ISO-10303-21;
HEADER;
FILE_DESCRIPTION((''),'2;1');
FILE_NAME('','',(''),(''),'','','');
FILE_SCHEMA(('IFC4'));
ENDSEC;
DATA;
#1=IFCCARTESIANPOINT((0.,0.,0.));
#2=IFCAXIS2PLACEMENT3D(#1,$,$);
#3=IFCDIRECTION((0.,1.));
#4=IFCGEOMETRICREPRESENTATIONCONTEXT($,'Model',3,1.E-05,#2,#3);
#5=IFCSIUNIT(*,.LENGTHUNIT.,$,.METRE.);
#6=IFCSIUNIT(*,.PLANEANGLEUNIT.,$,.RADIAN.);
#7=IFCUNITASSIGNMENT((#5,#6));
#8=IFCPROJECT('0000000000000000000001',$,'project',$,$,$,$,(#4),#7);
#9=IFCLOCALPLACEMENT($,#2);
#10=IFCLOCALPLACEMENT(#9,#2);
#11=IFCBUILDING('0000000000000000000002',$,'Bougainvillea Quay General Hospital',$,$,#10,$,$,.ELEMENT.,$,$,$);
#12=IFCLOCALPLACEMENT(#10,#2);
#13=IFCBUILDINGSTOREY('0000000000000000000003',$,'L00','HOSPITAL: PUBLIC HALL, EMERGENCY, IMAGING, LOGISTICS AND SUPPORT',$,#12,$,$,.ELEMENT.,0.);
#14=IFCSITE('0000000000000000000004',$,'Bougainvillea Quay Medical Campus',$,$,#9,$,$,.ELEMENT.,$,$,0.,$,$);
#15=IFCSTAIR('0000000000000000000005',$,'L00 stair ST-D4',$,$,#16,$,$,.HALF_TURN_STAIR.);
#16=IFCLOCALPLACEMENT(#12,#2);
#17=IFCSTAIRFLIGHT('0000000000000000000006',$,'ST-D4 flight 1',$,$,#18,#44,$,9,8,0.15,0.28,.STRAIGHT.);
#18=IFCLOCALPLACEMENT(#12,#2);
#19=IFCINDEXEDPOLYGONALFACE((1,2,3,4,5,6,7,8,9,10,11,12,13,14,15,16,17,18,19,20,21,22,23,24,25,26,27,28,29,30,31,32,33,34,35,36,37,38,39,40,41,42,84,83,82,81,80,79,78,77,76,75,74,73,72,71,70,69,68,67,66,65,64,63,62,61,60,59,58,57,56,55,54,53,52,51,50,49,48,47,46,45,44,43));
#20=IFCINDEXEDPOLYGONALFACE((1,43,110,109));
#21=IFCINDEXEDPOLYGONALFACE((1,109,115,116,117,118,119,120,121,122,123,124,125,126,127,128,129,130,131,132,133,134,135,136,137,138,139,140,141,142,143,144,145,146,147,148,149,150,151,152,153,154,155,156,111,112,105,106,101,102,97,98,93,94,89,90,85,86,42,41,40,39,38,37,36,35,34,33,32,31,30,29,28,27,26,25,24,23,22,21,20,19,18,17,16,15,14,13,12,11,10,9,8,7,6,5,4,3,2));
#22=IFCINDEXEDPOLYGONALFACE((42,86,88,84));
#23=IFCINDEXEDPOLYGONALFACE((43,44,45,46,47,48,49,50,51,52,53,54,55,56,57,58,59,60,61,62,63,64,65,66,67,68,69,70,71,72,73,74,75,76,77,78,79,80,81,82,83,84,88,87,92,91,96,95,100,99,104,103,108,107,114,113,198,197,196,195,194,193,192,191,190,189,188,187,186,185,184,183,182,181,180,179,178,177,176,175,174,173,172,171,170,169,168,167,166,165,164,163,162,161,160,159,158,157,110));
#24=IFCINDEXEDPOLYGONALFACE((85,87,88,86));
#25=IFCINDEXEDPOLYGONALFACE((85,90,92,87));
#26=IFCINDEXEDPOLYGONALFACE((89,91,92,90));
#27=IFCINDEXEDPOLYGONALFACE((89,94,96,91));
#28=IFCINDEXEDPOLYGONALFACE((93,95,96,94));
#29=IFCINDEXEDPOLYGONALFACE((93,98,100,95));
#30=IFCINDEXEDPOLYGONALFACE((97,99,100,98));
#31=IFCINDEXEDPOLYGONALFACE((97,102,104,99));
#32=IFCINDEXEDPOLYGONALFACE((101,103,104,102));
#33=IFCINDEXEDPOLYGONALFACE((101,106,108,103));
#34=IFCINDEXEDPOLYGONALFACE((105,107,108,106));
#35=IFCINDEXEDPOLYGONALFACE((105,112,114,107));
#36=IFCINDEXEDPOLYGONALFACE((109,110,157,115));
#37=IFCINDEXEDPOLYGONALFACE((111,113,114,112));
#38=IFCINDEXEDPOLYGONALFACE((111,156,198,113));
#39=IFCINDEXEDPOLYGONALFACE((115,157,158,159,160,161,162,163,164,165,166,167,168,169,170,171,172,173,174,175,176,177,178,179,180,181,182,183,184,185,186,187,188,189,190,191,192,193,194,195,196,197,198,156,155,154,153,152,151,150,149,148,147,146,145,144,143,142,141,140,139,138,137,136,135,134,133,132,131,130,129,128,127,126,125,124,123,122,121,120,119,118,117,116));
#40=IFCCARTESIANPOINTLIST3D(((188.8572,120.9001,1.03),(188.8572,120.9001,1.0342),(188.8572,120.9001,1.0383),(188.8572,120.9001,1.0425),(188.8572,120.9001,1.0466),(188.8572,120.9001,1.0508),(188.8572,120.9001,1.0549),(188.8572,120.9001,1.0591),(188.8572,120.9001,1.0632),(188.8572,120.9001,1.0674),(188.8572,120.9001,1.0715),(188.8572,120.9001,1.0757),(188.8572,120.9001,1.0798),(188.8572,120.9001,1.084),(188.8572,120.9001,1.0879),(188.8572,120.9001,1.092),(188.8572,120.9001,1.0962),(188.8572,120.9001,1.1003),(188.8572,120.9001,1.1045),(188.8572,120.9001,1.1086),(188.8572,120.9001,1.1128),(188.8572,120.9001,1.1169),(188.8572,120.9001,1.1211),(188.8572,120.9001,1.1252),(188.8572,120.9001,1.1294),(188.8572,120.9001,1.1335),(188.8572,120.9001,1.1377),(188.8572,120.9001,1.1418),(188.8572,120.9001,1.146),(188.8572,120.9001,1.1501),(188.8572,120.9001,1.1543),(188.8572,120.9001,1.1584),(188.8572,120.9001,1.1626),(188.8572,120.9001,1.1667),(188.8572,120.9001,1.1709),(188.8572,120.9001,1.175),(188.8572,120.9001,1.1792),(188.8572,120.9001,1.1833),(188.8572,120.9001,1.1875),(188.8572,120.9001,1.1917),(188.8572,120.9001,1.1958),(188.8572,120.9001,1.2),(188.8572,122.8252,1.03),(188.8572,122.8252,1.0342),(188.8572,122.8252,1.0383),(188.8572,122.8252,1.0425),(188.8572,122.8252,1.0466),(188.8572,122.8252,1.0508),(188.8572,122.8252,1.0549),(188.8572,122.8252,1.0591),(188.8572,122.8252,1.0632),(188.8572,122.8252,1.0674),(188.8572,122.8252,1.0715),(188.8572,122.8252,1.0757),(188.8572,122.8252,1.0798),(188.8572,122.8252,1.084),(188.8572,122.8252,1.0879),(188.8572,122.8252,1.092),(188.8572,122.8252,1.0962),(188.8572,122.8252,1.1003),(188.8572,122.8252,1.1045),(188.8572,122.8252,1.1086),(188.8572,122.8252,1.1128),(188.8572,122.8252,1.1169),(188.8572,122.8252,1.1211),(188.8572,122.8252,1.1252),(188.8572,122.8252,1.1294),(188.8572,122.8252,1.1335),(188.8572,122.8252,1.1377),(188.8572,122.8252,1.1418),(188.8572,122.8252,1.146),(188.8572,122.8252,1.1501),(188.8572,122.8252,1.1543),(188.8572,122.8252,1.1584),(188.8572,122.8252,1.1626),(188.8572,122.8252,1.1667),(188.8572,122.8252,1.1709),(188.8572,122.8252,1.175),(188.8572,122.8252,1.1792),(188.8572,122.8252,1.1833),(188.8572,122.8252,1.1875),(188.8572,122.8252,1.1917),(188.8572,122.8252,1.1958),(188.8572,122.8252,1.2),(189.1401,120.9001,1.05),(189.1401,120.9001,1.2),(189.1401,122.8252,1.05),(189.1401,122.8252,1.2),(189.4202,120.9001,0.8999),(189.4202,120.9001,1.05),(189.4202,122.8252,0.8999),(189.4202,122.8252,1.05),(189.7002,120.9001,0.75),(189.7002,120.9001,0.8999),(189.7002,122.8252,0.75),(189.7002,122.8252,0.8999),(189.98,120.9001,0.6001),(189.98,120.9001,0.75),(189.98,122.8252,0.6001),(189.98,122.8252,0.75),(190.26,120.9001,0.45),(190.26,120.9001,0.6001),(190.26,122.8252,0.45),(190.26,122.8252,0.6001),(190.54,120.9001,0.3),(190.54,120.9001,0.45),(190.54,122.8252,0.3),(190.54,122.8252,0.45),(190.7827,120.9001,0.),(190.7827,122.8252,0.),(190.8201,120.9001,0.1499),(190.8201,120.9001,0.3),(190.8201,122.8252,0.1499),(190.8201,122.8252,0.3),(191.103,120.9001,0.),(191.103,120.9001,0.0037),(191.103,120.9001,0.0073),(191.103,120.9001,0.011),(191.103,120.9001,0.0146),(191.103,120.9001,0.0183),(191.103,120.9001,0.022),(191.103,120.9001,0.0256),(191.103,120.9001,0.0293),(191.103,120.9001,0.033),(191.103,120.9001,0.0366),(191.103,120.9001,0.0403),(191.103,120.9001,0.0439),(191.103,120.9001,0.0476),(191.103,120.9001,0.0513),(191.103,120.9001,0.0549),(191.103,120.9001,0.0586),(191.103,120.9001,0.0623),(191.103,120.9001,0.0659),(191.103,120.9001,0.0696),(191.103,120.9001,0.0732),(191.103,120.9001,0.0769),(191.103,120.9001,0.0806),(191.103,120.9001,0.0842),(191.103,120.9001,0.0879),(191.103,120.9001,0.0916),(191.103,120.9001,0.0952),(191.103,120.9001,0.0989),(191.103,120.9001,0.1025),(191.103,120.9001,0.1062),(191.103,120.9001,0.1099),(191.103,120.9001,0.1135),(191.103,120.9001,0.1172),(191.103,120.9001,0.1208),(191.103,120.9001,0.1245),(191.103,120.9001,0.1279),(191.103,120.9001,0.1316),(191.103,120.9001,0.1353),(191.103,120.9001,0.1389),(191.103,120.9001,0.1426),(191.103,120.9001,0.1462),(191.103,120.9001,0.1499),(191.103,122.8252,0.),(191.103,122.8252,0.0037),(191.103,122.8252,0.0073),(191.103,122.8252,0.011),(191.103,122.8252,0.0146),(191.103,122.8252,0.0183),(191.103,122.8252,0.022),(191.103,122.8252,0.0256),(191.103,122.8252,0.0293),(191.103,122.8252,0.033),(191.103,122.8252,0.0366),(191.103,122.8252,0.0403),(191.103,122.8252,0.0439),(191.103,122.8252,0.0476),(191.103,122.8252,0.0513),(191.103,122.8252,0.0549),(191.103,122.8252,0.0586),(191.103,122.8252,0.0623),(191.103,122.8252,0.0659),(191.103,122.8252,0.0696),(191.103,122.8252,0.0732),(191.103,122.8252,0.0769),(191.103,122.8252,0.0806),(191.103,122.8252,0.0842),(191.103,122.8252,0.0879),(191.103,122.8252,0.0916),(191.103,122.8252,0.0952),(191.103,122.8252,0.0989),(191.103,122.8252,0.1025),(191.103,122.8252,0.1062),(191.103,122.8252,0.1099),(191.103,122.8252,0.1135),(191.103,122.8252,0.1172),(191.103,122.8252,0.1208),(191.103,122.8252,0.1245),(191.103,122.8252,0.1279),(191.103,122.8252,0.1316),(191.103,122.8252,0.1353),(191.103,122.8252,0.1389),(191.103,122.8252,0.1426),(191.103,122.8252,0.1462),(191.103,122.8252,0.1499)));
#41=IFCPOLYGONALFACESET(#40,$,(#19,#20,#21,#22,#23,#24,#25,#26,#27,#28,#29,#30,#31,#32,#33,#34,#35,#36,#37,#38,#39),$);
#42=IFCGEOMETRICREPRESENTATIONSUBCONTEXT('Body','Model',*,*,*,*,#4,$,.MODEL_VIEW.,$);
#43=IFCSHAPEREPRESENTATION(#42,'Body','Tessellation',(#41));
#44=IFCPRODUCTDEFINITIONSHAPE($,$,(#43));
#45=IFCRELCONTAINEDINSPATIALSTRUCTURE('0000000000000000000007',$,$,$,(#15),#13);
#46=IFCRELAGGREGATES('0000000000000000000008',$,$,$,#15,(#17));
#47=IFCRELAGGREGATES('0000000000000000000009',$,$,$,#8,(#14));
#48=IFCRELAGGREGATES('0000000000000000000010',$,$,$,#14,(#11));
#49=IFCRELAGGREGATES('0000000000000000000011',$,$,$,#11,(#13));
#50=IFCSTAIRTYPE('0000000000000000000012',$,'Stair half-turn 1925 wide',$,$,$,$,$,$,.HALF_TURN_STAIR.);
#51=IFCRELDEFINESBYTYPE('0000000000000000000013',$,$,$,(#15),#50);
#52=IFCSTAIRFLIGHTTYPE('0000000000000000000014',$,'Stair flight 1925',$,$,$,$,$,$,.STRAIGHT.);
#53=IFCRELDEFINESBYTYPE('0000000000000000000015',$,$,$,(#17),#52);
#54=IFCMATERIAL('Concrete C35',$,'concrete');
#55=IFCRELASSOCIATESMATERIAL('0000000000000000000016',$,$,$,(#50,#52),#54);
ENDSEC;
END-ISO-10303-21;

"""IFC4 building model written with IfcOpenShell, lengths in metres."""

from ifc_helpers import new_model, si_unit, direction, frame, origin, place, context, subcontext, project, spatial, polyline, outline, extrude, material, type_object, element, aggregate, save


model = new_model("IFC4")

# Units and contexts
model_context = context("Model", 3, precision=1e-05, world=origin(), true_north=direction((0.0, 1.0)))
body_context = subcontext(model_context, "Body", "Model", "MODEL_VIEW")
ifc_project = project(units=[si_unit("LENGTHUNIT", "METRE"), si_unit("PLANEANGLEUNIT", "RADIAN")], contexts=[model_context])

# Site, building, storey
site_placement = place(None, origin())
site = spatial("IfcSite", under=ifc_project, at=site_placement, Name="Bougainvillea Quay Medical Campus", CompositionType="ELEMENT", RefElevation=0.0)
building_placement = place(site_placement, origin())
building = spatial("IfcBuilding", under=site, at=building_placement, Name="Bougainvillea Quay General Hospital", CompositionType="ELEMENT")
storey_placement = place(building_placement, origin())
storey = spatial("IfcBuildingStorey", under=building, at=storey_placement, Name="L00", Description="HOSPITAL: PUBLIC HALL, EMERGENCY, IMAGING, LOGISTICS AND SUPPORT", CompositionType="ELEMENT", Elevation=0.0)

# Stair, stair flight
ifc_material_1 = material(Name="Concrete C35", Category="concrete")
stair_type = type_object("IfcStairType", Name="Stair half-turn 1925 wide", PredefinedType="HALF_TURN_STAIR", material=ifc_material_1)
stair_placement = place(storey_placement, origin())
stair = element("IfcStair", 1, at=stair_placement, inside=storey, type_object=stair_type, Name="L00 stair ST-D4", PredefinedType="HALF_TURN_STAIR")
stair_flight_type = type_object("IfcStairFlightType", Name="Stair flight 1925", PredefinedType="STRAIGHT", material=ifc_material_1)
stair_flight_1_placement = place(storey_placement, frame((191.1001, 121.8625, 0.0), z_axis=(0.0, 0.0, 1.0), x_axis=(-1.0, 0.0, 0.0)))
stair_flight_1 = element("IfcStairFlight", 2, at=stair_flight_1_placement, type_object=stair_flight_type, Name="ST-D4 flight 1", NumberOfRisers=9, NumberOfTreads=8, PredefinedType="STRAIGHT", RiserHeight=0.15, TreadLength=0.28, context=body_context, shape_type="SweptSolid", body=[
    extrude(outline(polyline([(-0.0029, 0.0), (-0.0029, 0.0037), (-0.0029, 0.0073), (-0.0029, 0.011), (-0.0029, 0.0146), (-0.0029, 0.0183), (-0.0029, 0.022), (-0.0029, 0.0256), (-0.0029, 0.0293), (-0.0029, 0.033), (-0.0029, 0.0366), (-0.0029, 0.0403), (-0.0029, 0.0439), (-0.0029, 0.0476), (-0.0029, 0.0513), (-0.0029, 0.0549), (-0.0029, 0.0586), (-0.0029, 0.0623), (-0.0029, 0.0659), (-0.0029, 0.0696), (-0.0029, 0.0732), (-0.0029, 0.0769), (-0.0029, 0.0806), (-0.0029, 0.0842), (-0.0029, 0.0879), (-0.0029, 0.0916), (-0.0029, 0.0952), (-0.0029, 0.0989), (-0.0029, 0.1025), (-0.0029, 0.1062), (-0.0029, 0.1099), (-0.0029, 0.1135), (-0.0029, 0.1172), (-0.0029, 0.1208), (-0.0029, 0.1245), (-0.0029, 0.1279), (-0.0029, 0.1316), (-0.0029, 0.1353), (-0.0029, 0.1389), (-0.0029, 0.1426), (-0.0029, 0.1462), (-0.0029, 0.1499), (0.28, 0.1499), (0.28, 0.3), (0.5601, 0.3), (0.5601, 0.45), (0.8401, 0.45), (0.8401, 0.6001), (1.1201, 0.6001), (1.1201, 0.75), (1.3999, 0.75), (1.3999, 0.8999), (1.6799, 0.8999), (1.6799, 1.05), (1.96, 1.05), (1.96, 1.2), (2.2429, 1.2), (2.2429, 1.1958), (2.2429, 1.1917), (2.2429, 1.1875), (2.2429, 1.1833), (2.2429, 1.1792), (2.2429, 1.175), (2.2429, 1.1709), (2.2429, 1.1667), (2.2429, 1.1626), (2.2429, 1.1584), (2.2429, 1.1543), (2.2429, 1.1501), (2.2429, 1.146), (2.2429, 1.1418), (2.2429, 1.1377), (2.2429, 1.1335), (2.2429, 1.1294), (2.2429, 1.1252), (2.2429, 1.1211), (2.2429, 1.1169), (2.2429, 1.1128), (2.2429, 1.1086), (2.2429, 1.1045), (2.2429, 1.1003), (2.2429, 1.0962), (2.2429, 1.092), (2.2429, 1.0879), (2.2429, 1.084), (2.2429, 1.0798), (2.2429, 1.0757), (2.2429, 1.0715), (2.2429, 1.0674), (2.2429, 1.0632), (2.2429, 1.0591), (2.2429, 1.0549), (2.2429, 1.0508), (2.2429, 1.0466), (2.2429, 1.0425), (2.2429, 1.0383), (2.2429, 1.0342), (2.2429, 1.03), (0.3174, 0.0), (-0.0029, 0.0)])), frame((0.0, 0.9624, 0.0), z_axis=(0.0, -1.0, 0.0), x_axis=(1.0, 0.0, 0.0)), (0.0, 0.0, 1.0), 1.925),
])
aggregate(stair, [stair_flight_1])

save(model, "model.ifc")
